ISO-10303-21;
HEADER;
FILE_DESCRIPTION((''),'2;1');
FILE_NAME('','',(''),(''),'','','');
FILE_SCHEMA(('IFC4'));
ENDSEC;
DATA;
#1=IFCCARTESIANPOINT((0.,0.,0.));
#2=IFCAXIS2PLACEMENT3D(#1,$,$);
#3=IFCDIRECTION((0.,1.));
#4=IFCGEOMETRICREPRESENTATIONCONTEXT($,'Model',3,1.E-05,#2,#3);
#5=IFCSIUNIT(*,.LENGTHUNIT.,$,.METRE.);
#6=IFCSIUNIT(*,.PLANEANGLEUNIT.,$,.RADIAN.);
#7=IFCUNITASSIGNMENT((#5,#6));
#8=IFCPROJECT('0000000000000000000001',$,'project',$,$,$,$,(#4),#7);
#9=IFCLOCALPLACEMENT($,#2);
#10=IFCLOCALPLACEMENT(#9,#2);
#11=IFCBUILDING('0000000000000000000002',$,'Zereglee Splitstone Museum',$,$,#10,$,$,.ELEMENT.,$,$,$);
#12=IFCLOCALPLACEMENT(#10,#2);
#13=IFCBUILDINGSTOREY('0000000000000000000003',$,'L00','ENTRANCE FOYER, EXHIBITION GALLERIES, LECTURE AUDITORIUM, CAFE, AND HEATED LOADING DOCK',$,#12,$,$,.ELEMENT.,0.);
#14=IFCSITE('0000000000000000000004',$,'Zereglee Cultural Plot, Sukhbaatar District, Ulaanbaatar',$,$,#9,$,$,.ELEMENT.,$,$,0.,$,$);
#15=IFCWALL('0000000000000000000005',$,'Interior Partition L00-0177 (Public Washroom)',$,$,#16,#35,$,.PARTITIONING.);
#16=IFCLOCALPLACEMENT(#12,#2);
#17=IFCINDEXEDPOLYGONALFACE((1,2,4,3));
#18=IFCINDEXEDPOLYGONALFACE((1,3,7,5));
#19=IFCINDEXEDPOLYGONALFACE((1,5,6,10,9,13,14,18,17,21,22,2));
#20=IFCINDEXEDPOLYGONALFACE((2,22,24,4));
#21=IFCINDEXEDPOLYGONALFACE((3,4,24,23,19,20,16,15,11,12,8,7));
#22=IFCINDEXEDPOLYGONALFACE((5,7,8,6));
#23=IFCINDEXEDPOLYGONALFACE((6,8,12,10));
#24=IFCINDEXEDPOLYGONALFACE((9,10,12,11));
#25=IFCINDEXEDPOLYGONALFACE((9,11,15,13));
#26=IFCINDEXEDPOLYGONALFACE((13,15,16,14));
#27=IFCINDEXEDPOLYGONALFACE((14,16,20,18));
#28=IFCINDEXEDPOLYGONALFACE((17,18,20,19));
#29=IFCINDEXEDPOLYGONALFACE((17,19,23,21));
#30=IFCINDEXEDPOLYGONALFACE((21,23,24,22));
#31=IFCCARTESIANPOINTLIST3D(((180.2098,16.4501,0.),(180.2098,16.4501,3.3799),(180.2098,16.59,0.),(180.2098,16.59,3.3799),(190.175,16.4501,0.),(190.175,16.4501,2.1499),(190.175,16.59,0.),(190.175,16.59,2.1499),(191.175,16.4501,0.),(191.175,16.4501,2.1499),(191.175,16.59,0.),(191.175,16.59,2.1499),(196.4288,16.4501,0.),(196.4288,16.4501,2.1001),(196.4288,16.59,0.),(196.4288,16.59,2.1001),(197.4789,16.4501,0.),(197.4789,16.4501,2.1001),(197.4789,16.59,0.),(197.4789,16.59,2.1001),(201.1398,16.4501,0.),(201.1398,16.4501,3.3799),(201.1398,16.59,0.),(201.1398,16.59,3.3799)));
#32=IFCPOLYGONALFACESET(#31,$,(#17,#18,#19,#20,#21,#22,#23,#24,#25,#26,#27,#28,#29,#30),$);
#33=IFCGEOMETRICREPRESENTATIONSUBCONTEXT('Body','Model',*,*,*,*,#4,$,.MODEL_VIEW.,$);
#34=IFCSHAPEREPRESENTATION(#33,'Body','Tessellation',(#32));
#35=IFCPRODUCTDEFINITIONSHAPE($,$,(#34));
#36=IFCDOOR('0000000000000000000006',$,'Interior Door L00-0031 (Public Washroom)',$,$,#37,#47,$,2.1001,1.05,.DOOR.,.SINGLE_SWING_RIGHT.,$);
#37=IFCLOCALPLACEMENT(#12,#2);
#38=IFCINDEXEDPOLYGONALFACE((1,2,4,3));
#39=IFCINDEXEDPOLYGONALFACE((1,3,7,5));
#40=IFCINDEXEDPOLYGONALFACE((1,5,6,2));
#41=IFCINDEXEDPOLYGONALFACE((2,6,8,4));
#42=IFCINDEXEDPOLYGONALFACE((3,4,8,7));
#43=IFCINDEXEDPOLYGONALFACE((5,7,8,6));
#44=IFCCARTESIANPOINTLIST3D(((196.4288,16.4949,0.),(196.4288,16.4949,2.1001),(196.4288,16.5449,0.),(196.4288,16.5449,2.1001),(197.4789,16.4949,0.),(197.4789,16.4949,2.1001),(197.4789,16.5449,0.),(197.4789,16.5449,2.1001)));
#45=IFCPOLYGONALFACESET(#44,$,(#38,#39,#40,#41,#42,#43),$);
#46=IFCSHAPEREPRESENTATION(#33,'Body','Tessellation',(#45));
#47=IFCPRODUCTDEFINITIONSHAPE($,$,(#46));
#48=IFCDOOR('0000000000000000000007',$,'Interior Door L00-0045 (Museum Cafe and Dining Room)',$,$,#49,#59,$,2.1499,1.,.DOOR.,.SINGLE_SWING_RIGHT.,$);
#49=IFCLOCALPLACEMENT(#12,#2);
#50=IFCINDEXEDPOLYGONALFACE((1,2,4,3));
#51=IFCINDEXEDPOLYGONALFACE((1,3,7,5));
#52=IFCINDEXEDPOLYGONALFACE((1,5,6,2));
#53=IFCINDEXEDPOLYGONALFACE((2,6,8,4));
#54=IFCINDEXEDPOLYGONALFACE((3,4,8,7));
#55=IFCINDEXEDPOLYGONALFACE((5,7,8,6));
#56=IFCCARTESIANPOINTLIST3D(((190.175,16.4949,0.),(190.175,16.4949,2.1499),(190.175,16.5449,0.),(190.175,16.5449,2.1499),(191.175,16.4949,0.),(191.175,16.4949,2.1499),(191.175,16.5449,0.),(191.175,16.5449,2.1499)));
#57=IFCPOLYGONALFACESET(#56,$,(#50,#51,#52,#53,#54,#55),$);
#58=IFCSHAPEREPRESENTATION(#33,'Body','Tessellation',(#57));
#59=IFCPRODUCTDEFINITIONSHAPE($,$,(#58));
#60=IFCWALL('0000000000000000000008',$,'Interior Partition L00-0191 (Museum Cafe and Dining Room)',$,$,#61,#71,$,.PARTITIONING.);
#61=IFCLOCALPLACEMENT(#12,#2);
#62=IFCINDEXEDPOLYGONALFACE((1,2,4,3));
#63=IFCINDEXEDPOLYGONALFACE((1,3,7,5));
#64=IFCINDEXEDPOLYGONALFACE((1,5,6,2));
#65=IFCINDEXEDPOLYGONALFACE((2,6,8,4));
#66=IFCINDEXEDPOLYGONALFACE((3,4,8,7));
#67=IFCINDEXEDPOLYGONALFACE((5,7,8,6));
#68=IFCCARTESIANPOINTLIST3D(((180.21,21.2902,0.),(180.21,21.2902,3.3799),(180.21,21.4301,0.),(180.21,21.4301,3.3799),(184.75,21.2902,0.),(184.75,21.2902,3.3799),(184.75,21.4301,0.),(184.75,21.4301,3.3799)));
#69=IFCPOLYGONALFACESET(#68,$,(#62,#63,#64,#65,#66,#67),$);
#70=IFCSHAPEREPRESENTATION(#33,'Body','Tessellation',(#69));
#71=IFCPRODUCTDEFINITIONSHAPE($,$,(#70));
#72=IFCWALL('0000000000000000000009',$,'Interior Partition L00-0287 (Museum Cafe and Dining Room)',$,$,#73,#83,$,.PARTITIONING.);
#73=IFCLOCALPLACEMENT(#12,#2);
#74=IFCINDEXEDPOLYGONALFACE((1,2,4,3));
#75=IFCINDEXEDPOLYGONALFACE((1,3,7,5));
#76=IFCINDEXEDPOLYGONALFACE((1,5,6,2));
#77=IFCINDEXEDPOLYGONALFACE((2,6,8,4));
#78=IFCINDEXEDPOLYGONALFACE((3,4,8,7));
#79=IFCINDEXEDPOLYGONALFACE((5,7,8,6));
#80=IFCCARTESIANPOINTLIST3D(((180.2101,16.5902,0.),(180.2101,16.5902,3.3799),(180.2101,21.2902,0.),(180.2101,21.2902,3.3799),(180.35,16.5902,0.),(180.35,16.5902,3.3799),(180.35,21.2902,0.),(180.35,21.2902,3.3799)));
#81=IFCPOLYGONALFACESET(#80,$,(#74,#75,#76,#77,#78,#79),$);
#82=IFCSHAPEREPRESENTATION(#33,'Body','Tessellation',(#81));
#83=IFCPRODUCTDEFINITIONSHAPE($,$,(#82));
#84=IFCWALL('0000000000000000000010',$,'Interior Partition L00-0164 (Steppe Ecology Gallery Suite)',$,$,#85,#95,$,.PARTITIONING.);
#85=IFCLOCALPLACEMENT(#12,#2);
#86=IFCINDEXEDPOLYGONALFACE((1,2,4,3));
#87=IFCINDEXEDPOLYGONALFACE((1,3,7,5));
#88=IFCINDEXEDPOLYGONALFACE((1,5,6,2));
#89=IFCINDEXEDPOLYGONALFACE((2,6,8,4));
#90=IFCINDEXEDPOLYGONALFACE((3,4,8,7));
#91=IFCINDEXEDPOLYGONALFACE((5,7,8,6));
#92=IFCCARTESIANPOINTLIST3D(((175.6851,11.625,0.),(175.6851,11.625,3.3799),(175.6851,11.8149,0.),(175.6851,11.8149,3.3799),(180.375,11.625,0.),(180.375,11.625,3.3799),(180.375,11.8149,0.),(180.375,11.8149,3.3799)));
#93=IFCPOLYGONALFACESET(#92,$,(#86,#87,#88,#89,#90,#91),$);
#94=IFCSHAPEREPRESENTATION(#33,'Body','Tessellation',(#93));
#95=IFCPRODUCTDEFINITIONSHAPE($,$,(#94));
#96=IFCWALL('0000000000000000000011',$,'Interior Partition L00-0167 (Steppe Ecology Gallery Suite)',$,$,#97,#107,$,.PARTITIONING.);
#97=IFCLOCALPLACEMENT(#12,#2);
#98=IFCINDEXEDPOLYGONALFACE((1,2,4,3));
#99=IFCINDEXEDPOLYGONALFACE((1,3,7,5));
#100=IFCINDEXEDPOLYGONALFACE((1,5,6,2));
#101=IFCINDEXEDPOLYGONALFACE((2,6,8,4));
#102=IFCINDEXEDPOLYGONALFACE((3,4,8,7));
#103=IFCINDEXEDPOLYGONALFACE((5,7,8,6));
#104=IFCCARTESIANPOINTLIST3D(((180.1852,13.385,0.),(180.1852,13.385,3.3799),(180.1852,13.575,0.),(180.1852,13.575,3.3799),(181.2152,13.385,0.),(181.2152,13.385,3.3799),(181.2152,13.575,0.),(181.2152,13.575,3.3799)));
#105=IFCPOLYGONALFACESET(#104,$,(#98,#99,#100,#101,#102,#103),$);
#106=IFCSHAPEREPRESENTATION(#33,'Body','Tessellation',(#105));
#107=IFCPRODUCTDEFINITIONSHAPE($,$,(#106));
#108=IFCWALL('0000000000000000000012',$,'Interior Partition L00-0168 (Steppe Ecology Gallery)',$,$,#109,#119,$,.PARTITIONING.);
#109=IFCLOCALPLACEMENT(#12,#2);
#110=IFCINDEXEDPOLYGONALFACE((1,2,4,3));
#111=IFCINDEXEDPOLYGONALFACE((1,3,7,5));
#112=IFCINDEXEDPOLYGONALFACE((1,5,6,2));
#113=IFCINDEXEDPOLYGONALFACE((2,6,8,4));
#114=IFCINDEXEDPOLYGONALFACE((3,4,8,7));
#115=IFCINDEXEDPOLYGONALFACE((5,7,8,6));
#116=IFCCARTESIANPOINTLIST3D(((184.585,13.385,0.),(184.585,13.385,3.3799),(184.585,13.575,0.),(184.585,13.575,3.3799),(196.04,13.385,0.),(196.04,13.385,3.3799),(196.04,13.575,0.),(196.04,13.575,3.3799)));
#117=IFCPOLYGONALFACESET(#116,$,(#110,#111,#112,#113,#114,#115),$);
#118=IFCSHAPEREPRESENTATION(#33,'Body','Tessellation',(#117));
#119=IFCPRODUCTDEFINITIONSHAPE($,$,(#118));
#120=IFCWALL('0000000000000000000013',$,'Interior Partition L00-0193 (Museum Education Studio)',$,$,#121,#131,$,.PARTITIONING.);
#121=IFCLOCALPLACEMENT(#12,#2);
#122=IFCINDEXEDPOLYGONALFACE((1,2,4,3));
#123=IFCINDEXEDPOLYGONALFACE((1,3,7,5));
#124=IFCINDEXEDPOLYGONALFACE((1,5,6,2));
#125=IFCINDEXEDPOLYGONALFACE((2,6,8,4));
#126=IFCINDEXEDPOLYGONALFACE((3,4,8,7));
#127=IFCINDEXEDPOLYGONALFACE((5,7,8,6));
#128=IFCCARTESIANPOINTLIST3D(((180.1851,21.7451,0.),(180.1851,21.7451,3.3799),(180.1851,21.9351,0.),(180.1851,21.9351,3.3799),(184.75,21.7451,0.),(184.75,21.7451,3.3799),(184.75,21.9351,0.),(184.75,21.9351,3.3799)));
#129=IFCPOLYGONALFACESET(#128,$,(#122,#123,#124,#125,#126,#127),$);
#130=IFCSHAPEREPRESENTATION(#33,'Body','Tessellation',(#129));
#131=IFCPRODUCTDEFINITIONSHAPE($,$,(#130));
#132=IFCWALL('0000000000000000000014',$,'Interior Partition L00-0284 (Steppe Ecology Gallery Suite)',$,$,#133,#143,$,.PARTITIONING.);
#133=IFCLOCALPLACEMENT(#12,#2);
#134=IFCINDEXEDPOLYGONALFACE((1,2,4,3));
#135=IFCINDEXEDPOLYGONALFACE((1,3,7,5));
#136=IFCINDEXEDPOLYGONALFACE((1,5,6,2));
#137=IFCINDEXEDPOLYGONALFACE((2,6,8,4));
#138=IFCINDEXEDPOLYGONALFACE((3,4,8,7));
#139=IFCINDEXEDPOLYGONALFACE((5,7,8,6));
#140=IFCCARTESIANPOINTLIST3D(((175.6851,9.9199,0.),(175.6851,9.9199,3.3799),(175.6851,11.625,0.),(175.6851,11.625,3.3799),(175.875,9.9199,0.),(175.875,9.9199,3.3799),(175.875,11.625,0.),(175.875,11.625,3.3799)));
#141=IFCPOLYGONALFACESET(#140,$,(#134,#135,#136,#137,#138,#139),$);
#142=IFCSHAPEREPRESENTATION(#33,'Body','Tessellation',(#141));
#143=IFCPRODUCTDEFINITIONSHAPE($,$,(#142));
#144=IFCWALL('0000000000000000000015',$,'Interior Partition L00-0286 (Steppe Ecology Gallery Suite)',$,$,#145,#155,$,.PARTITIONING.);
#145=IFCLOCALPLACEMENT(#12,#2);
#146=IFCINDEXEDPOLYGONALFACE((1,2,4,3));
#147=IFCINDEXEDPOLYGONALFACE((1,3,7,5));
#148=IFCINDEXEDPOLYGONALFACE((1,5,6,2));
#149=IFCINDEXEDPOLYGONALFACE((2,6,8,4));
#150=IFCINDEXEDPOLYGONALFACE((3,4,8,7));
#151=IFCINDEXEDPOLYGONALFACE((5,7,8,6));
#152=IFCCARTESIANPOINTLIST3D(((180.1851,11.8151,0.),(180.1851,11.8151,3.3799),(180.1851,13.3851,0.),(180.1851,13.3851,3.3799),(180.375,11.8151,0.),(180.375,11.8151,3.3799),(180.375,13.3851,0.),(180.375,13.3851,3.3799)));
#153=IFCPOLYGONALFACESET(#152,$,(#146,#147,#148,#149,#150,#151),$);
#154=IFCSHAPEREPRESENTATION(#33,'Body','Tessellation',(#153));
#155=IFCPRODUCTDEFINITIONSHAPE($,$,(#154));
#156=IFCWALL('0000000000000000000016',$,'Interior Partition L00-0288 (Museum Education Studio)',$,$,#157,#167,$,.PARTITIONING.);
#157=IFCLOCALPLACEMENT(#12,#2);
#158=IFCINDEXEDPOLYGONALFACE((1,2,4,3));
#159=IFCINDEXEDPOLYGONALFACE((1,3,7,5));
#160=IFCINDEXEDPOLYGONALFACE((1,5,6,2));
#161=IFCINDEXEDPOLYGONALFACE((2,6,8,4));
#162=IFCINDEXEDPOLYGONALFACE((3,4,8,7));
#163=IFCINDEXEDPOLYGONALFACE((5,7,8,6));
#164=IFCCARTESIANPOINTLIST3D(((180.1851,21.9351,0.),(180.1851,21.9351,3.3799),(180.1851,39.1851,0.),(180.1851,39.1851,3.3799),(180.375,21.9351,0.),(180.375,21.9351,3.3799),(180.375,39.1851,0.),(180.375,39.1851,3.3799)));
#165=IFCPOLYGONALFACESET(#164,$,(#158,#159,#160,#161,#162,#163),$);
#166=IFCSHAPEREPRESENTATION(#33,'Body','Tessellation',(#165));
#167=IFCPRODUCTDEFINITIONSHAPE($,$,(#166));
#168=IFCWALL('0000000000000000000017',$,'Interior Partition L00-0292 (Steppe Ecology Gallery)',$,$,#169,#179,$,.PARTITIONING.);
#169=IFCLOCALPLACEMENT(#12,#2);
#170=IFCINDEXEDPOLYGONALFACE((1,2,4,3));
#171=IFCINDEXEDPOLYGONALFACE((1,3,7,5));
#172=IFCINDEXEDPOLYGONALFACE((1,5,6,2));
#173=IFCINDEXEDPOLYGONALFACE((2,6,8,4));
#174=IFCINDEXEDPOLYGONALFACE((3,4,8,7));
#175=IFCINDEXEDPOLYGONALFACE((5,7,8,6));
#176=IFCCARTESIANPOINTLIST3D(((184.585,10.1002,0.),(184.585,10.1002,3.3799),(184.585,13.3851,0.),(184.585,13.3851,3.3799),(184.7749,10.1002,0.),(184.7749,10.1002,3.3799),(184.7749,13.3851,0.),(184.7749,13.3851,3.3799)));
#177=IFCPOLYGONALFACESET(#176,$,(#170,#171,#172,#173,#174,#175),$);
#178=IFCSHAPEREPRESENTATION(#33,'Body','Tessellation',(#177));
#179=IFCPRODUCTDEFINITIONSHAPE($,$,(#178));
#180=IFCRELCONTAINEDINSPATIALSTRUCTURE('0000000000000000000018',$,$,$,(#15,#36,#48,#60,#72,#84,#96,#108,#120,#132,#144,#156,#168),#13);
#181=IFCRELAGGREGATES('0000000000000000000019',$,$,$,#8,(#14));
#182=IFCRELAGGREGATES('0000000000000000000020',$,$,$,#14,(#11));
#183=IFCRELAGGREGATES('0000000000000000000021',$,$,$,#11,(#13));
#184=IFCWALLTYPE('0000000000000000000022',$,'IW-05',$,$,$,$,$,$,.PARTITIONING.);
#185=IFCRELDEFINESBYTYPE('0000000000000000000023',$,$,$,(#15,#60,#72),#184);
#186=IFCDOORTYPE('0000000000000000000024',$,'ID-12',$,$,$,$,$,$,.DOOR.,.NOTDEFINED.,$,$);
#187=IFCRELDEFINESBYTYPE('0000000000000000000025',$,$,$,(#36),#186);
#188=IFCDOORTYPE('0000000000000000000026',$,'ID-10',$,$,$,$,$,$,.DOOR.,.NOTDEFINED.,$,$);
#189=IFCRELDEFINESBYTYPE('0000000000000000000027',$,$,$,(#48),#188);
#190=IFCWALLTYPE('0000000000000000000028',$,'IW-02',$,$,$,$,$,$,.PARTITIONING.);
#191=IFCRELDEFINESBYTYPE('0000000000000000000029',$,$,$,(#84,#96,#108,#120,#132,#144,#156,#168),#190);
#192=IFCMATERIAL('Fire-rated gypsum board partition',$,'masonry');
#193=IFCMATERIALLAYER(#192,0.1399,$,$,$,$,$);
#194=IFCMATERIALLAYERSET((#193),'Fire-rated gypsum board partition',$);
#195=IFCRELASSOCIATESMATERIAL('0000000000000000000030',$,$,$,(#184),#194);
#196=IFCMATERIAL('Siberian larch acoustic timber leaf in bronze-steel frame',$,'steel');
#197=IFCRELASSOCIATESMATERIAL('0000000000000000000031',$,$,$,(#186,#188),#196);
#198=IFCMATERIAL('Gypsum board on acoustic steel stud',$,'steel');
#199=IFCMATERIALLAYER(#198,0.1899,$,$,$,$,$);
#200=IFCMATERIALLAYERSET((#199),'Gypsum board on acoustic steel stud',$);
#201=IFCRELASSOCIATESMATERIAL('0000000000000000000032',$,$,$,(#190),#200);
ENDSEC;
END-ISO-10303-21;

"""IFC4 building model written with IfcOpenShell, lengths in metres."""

from ifc_helpers import new_model, si_unit, direction, frame, frame_2d, origin, place, context, subcontext, project, spatial, rectangle, extrude, material, layer, layer_set, type_object, element, fill, save


model = new_model("IFC4")

# Units and contexts
model_context = context("Model", 3, precision=1e-05, world=origin(), true_north=direction((0.0, 1.0)))
body_context = subcontext(model_context, "Body", "Model", "MODEL_VIEW")
ifc_project = project(units=[si_unit("LENGTHUNIT", "METRE"), si_unit("PLANEANGLEUNIT", "RADIAN")], contexts=[model_context])

# Site, building, storey
site_placement = place(None, origin())
site = spatial("IfcSite", under=ifc_project, at=site_placement, Name="Zereglee Cultural Plot, Sukhbaatar District, Ulaanbaatar", CompositionType="ELEMENT", RefElevation=0.0)
building_placement = place(site_placement, origin())
building = spatial("IfcBuilding", under=site, at=building_placement, Name="Zereglee Splitstone Museum", CompositionType="ELEMENT")
storey_placement = place(building_placement, origin())
storey = spatial("IfcBuildingStorey", under=building, at=storey_placement, Name="L00", Description="ENTRANCE FOYER, EXHIBITION GALLERIES, LECTURE AUDITORIUM, CAFE, AND HEATED LOADING DOCK", CompositionType="ELEMENT", Elevation=0.0)

# Wall, openings, doors
ifc_material_1 = material(Name="Fire-rated gypsum board partition", Category="masonry")
ifc_layer_1 = layer(ifc_material_1, 0.1399)
ifc_layer_set_1 = layer_set([ifc_layer_1], Name="Fire-rated gypsum board partition")
wall_type_1 = type_object("IfcWallType", Name="IW-05", PredefinedType="PARTITIONING", material=ifc_layer_set_1)
wall_1_placement = place(storey_placement, frame((180.21, 16.52, 0.0), z_axis=(0.0, 0.0, 1.0), x_axis=(1.0, 0.0, 0.0)))
wall_1 = element("IfcWall", 1, at=wall_1_placement, inside=storey, type_object=wall_type_1, Name="Interior Partition L00-0177 (Public Washroom)", PredefinedType="PARTITIONING", context=body_context, shape_type="SweptSolid", body=[
    extrude(rectangle(XDim=20.9299, YDim=0.1399, at=frame_2d((10.4648, 0.0))), origin(), (0.0, 0.0, 1.0), 3.3799),
])
opening_1_placement = place(wall_1_placement, frame((16.219, 0.0, 0.0)))
opening_1 = element("IfcOpeningElement", 2, at=opening_1_placement, cuts=wall_1, PredefinedType="OPENING", context=body_context, shape_type="SweptSolid", body=[
    extrude(rectangle(XDim=1.05, YDim=2.1001, at=frame_2d((0.5249, 1.05))), frame((0.0, 0.085, 0.0), z_axis=(0.0, -1.0, 0.0), x_axis=(1.0, 0.0, 0.0)), (0.0, 0.0, 1.0), 0.1697),
])
opening_2_placement = place(wall_1_placement, frame((9.9651, 0.0, 0.0)))
opening_2 = element("IfcOpeningElement", 3, at=opening_2_placement, cuts=wall_1, PredefinedType="OPENING", context=body_context, shape_type="SweptSolid", body=[
    extrude(rectangle(XDim=1.0, YDim=2.1499, at=frame_2d((0.5, 1.075))), frame((0.0, 0.085, 0.0), z_axis=(0.0, -1.0, 0.0), x_axis=(1.0, 0.0, 0.0)), (0.0, 0.0, 1.0), 0.1697),
])
ifc_material_2 = material(Name="Siberian larch acoustic timber leaf in bronze-steel frame", Category="steel")
door_type_1 = type_object("IfcDoorType", Name="ID-12", OperationType="NOTDEFINED", PredefinedType="DOOR", material=ifc_material_2)
door_1_placement = place(opening_1_placement, origin())
door_1 = element("IfcDoor", 4, at=door_1_placement, inside=storey, type_object=door_type_1, Name="Interior Door L00-0031 (Public Washroom)", OperationType="SINGLE_SWING_RIGHT", OverallHeight=2.1001, OverallWidth=1.05, PredefinedType="DOOR", context=body_context, shape_type="SweptSolid", body=[
    extrude(rectangle(XDim=1.05, YDim=2.1001, at=frame_2d((0.5249, 1.05))), frame((0.0, 0.0249, 0.0), z_axis=(0.0, -1.0, 0.0), x_axis=(1.0, 0.0, 0.0)), (0.0, 0.0, 1.0), 0.05),
])
fill(opening_1, door_1)
door_type_2 = type_object("IfcDoorType", Name="ID-10", OperationType="NOTDEFINED", PredefinedType="DOOR", material=ifc_material_2)
door_2_placement = place(opening_2_placement, origin())
door_2 = element("IfcDoor", 5, at=door_2_placement, inside=storey, type_object=door_type_2, Name="Interior Door L00-0045 (Museum Cafe and Dining Room)", OperationType="SINGLE_SWING_RIGHT", OverallHeight=2.1499, OverallWidth=1.0, PredefinedType="DOOR", context=body_context, shape_type="SweptSolid", body=[
    extrude(rectangle(XDim=1.0, YDim=2.1499, at=frame_2d((0.5, 1.075))), frame((0.0, 0.0249, 0.0), z_axis=(0.0, -1.0, 0.0), x_axis=(1.0, 0.0, 0.0)), (0.0, 0.0, 1.0), 0.05),
])
fill(opening_2, door_2)

# Walls
wall_2_placement = place(storey_placement, frame((180.21, 21.3601, 0.0), z_axis=(0.0, 0.0, 1.0), x_axis=(1.0, 0.0, 0.0)))
element("IfcWall", 6, at=wall_2_placement, inside=storey, type_object=wall_type_1, Name="Interior Partition L00-0191 (Museum Cafe and Dining Room)", PredefinedType="PARTITIONING", context=body_context, shape_type="SweptSolid", body=[
    extrude(rectangle(XDim=4.54, YDim=0.1399, at=frame_2d((2.27, 0.0))), origin(), (0.0, 0.0, 1.0), 3.3799),
])
wall_3_placement = place(storey_placement, frame((180.28, 16.5901, 0.0), z_axis=(0.0, 0.0, 1.0), x_axis=(0.0, 1.0, 0.0)))
element("IfcWall", 7, at=wall_3_placement, inside=storey, type_object=wall_type_1, Name="Interior Partition L00-0287 (Museum Cafe and Dining Room)", PredefinedType="PARTITIONING", context=body_context, shape_type="SweptSolid", body=[
    extrude(rectangle(XDim=4.7, YDim=0.1399, at=frame_2d((2.3501, 0.0))), origin(), (0.0, 0.0, 1.0), 3.3799),
])
ifc_material_3 = material(Name="Gypsum board on acoustic steel stud", Category="steel")
ifc_layer_2 = layer(ifc_material_3, 0.1899)
ifc_layer_set_2 = layer_set([ifc_layer_2], Name="Gypsum board on acoustic steel stud")
wall_type_2 = type_object("IfcWallType", Name="IW-02", PredefinedType="PARTITIONING", material=ifc_layer_set_2)
wall_4_placement = place(storey_placement, frame((175.6851, 11.72, 0.0), z_axis=(0.0, 0.0, 1.0), x_axis=(1.0, 0.0, 0.0)))
element("IfcWall", 8, at=wall_4_placement, inside=storey, type_object=wall_type_2, Name="Interior Partition L00-0164 (Steppe Ecology Gallery Suite)", PredefinedType="PARTITIONING", context=body_context, shape_type="SweptSolid", body=[
    extrude(rectangle(XDim=4.6899, YDim=0.1899, at=frame_2d((2.345, 0.0))), origin(), (0.0, 0.0, 1.0), 3.3799),
])
wall_5_placement = place(storey_placement, frame((180.1851, 13.48, 0.0), z_axis=(0.0, 0.0, 1.0), x_axis=(1.0, 0.0, 0.0)))
element("IfcWall", 9, at=wall_5_placement, inside=storey, type_object=wall_type_2, Name="Interior Partition L00-0167 (Steppe Ecology Gallery Suite)", PredefinedType="PARTITIONING", context=body_context, shape_type="SweptSolid", body=[
    extrude(rectangle(XDim=1.03, YDim=0.1899, at=frame_2d((0.5151, 0.0))), origin(), (0.0, 0.0, 1.0), 3.3799),
])
wall_6_placement = place(storey_placement, frame((184.585, 13.48, 0.0), z_axis=(0.0, 0.0, 1.0), x_axis=(1.0, 0.0, 0.0)))
element("IfcWall", 10, at=wall_6_placement, inside=storey, type_object=wall_type_2, Name="Interior Partition L00-0168 (Steppe Ecology Gallery)", PredefinedType="PARTITIONING", context=body_context, shape_type="SweptSolid", body=[
    extrude(rectangle(XDim=11.4551, YDim=0.1899, at=frame_2d((5.7275, 0.0))), origin(), (0.0, 0.0, 1.0), 3.3799),
])
wall_7_placement = place(storey_placement, frame((180.1851, 21.8401, 0.0), z_axis=(0.0, 0.0, 1.0), x_axis=(1.0, 0.0, 0.0)))
element("IfcWall", 11, at=wall_7_placement, inside=storey, type_object=wall_type_2, Name="Interior Partition L00-0193 (Museum Education Studio)", PredefinedType="PARTITIONING", context=body_context, shape_type="SweptSolid", body=[
    extrude(rectangle(XDim=4.5649, YDim=0.1899, at=frame_2d((2.2825, 0.0))), origin(), (0.0, 0.0, 1.0), 3.3799),
])
wall_8_placement = place(storey_placement, frame((175.78, 9.9199, 0.0), z_axis=(0.0, 0.0, 1.0), x_axis=(0.0, 1.0, 0.0)))
element("IfcWall", 12, at=wall_8_placement, inside=storey, type_object=wall_type_2, Name="Interior Partition L00-0284 (Steppe Ecology Gallery Suite)", PredefinedType="PARTITIONING", context=body_context, shape_type="SweptSolid", body=[
    extrude(rectangle(XDim=1.7051, YDim=0.1899, at=frame_2d((0.8525, 0.0))), origin(), (0.0, 0.0, 1.0), 3.3799),
])
wall_9_placement = place(storey_placement, frame((180.28, 11.8149, 0.0), z_axis=(0.0, 0.0, 1.0), x_axis=(0.0, 1.0, 0.0)))
element("IfcWall", 13, at=wall_9_placement, inside=storey, type_object=wall_type_2, Name="Interior Partition L00-0286 (Steppe Ecology Gallery Suite)", PredefinedType="PARTITIONING", context=body_context, shape_type="SweptSolid", body=[
    extrude(rectangle(XDim=1.5701, YDim=0.1899, at=frame_2d((0.7852, 0.0))), origin(), (0.0, 0.0, 1.0), 3.3799),
])
wall_10_placement = place(storey_placement, frame((180.28, 21.9351, 0.0), z_axis=(0.0, 0.0, 1.0), x_axis=(0.0, 1.0, 0.0)))
element("IfcWall", 14, at=wall_10_placement, inside=storey, type_object=wall_type_2, Name="Interior Partition L00-0288 (Museum Education Studio)", PredefinedType="PARTITIONING", context=body_context, shape_type="SweptSolid", body=[
    extrude(rectangle(XDim=17.25, YDim=0.1899, at=frame_2d((8.625, 0.0))), origin(), (0.0, 0.0, 1.0), 3.3799),
])
wall_11_placement = place(storey_placement, frame((184.6799, 10.1001, 0.0), z_axis=(0.0, 0.0, 1.0), x_axis=(0.0, 1.0, 0.0)))
element("IfcWall", 15, at=wall_11_placement, inside=storey, type_object=wall_type_2, Name="Interior Partition L00-0292 (Steppe Ecology Gallery)", PredefinedType="PARTITIONING", context=body_context, shape_type="SweptSolid", body=[
    extrude(rectangle(XDim=3.2849, YDim=0.1899, at=frame_2d((1.6426, 0.0))), origin(), (0.0, 0.0, 1.0), 3.3799),
])

save(model, "model.ifc")
